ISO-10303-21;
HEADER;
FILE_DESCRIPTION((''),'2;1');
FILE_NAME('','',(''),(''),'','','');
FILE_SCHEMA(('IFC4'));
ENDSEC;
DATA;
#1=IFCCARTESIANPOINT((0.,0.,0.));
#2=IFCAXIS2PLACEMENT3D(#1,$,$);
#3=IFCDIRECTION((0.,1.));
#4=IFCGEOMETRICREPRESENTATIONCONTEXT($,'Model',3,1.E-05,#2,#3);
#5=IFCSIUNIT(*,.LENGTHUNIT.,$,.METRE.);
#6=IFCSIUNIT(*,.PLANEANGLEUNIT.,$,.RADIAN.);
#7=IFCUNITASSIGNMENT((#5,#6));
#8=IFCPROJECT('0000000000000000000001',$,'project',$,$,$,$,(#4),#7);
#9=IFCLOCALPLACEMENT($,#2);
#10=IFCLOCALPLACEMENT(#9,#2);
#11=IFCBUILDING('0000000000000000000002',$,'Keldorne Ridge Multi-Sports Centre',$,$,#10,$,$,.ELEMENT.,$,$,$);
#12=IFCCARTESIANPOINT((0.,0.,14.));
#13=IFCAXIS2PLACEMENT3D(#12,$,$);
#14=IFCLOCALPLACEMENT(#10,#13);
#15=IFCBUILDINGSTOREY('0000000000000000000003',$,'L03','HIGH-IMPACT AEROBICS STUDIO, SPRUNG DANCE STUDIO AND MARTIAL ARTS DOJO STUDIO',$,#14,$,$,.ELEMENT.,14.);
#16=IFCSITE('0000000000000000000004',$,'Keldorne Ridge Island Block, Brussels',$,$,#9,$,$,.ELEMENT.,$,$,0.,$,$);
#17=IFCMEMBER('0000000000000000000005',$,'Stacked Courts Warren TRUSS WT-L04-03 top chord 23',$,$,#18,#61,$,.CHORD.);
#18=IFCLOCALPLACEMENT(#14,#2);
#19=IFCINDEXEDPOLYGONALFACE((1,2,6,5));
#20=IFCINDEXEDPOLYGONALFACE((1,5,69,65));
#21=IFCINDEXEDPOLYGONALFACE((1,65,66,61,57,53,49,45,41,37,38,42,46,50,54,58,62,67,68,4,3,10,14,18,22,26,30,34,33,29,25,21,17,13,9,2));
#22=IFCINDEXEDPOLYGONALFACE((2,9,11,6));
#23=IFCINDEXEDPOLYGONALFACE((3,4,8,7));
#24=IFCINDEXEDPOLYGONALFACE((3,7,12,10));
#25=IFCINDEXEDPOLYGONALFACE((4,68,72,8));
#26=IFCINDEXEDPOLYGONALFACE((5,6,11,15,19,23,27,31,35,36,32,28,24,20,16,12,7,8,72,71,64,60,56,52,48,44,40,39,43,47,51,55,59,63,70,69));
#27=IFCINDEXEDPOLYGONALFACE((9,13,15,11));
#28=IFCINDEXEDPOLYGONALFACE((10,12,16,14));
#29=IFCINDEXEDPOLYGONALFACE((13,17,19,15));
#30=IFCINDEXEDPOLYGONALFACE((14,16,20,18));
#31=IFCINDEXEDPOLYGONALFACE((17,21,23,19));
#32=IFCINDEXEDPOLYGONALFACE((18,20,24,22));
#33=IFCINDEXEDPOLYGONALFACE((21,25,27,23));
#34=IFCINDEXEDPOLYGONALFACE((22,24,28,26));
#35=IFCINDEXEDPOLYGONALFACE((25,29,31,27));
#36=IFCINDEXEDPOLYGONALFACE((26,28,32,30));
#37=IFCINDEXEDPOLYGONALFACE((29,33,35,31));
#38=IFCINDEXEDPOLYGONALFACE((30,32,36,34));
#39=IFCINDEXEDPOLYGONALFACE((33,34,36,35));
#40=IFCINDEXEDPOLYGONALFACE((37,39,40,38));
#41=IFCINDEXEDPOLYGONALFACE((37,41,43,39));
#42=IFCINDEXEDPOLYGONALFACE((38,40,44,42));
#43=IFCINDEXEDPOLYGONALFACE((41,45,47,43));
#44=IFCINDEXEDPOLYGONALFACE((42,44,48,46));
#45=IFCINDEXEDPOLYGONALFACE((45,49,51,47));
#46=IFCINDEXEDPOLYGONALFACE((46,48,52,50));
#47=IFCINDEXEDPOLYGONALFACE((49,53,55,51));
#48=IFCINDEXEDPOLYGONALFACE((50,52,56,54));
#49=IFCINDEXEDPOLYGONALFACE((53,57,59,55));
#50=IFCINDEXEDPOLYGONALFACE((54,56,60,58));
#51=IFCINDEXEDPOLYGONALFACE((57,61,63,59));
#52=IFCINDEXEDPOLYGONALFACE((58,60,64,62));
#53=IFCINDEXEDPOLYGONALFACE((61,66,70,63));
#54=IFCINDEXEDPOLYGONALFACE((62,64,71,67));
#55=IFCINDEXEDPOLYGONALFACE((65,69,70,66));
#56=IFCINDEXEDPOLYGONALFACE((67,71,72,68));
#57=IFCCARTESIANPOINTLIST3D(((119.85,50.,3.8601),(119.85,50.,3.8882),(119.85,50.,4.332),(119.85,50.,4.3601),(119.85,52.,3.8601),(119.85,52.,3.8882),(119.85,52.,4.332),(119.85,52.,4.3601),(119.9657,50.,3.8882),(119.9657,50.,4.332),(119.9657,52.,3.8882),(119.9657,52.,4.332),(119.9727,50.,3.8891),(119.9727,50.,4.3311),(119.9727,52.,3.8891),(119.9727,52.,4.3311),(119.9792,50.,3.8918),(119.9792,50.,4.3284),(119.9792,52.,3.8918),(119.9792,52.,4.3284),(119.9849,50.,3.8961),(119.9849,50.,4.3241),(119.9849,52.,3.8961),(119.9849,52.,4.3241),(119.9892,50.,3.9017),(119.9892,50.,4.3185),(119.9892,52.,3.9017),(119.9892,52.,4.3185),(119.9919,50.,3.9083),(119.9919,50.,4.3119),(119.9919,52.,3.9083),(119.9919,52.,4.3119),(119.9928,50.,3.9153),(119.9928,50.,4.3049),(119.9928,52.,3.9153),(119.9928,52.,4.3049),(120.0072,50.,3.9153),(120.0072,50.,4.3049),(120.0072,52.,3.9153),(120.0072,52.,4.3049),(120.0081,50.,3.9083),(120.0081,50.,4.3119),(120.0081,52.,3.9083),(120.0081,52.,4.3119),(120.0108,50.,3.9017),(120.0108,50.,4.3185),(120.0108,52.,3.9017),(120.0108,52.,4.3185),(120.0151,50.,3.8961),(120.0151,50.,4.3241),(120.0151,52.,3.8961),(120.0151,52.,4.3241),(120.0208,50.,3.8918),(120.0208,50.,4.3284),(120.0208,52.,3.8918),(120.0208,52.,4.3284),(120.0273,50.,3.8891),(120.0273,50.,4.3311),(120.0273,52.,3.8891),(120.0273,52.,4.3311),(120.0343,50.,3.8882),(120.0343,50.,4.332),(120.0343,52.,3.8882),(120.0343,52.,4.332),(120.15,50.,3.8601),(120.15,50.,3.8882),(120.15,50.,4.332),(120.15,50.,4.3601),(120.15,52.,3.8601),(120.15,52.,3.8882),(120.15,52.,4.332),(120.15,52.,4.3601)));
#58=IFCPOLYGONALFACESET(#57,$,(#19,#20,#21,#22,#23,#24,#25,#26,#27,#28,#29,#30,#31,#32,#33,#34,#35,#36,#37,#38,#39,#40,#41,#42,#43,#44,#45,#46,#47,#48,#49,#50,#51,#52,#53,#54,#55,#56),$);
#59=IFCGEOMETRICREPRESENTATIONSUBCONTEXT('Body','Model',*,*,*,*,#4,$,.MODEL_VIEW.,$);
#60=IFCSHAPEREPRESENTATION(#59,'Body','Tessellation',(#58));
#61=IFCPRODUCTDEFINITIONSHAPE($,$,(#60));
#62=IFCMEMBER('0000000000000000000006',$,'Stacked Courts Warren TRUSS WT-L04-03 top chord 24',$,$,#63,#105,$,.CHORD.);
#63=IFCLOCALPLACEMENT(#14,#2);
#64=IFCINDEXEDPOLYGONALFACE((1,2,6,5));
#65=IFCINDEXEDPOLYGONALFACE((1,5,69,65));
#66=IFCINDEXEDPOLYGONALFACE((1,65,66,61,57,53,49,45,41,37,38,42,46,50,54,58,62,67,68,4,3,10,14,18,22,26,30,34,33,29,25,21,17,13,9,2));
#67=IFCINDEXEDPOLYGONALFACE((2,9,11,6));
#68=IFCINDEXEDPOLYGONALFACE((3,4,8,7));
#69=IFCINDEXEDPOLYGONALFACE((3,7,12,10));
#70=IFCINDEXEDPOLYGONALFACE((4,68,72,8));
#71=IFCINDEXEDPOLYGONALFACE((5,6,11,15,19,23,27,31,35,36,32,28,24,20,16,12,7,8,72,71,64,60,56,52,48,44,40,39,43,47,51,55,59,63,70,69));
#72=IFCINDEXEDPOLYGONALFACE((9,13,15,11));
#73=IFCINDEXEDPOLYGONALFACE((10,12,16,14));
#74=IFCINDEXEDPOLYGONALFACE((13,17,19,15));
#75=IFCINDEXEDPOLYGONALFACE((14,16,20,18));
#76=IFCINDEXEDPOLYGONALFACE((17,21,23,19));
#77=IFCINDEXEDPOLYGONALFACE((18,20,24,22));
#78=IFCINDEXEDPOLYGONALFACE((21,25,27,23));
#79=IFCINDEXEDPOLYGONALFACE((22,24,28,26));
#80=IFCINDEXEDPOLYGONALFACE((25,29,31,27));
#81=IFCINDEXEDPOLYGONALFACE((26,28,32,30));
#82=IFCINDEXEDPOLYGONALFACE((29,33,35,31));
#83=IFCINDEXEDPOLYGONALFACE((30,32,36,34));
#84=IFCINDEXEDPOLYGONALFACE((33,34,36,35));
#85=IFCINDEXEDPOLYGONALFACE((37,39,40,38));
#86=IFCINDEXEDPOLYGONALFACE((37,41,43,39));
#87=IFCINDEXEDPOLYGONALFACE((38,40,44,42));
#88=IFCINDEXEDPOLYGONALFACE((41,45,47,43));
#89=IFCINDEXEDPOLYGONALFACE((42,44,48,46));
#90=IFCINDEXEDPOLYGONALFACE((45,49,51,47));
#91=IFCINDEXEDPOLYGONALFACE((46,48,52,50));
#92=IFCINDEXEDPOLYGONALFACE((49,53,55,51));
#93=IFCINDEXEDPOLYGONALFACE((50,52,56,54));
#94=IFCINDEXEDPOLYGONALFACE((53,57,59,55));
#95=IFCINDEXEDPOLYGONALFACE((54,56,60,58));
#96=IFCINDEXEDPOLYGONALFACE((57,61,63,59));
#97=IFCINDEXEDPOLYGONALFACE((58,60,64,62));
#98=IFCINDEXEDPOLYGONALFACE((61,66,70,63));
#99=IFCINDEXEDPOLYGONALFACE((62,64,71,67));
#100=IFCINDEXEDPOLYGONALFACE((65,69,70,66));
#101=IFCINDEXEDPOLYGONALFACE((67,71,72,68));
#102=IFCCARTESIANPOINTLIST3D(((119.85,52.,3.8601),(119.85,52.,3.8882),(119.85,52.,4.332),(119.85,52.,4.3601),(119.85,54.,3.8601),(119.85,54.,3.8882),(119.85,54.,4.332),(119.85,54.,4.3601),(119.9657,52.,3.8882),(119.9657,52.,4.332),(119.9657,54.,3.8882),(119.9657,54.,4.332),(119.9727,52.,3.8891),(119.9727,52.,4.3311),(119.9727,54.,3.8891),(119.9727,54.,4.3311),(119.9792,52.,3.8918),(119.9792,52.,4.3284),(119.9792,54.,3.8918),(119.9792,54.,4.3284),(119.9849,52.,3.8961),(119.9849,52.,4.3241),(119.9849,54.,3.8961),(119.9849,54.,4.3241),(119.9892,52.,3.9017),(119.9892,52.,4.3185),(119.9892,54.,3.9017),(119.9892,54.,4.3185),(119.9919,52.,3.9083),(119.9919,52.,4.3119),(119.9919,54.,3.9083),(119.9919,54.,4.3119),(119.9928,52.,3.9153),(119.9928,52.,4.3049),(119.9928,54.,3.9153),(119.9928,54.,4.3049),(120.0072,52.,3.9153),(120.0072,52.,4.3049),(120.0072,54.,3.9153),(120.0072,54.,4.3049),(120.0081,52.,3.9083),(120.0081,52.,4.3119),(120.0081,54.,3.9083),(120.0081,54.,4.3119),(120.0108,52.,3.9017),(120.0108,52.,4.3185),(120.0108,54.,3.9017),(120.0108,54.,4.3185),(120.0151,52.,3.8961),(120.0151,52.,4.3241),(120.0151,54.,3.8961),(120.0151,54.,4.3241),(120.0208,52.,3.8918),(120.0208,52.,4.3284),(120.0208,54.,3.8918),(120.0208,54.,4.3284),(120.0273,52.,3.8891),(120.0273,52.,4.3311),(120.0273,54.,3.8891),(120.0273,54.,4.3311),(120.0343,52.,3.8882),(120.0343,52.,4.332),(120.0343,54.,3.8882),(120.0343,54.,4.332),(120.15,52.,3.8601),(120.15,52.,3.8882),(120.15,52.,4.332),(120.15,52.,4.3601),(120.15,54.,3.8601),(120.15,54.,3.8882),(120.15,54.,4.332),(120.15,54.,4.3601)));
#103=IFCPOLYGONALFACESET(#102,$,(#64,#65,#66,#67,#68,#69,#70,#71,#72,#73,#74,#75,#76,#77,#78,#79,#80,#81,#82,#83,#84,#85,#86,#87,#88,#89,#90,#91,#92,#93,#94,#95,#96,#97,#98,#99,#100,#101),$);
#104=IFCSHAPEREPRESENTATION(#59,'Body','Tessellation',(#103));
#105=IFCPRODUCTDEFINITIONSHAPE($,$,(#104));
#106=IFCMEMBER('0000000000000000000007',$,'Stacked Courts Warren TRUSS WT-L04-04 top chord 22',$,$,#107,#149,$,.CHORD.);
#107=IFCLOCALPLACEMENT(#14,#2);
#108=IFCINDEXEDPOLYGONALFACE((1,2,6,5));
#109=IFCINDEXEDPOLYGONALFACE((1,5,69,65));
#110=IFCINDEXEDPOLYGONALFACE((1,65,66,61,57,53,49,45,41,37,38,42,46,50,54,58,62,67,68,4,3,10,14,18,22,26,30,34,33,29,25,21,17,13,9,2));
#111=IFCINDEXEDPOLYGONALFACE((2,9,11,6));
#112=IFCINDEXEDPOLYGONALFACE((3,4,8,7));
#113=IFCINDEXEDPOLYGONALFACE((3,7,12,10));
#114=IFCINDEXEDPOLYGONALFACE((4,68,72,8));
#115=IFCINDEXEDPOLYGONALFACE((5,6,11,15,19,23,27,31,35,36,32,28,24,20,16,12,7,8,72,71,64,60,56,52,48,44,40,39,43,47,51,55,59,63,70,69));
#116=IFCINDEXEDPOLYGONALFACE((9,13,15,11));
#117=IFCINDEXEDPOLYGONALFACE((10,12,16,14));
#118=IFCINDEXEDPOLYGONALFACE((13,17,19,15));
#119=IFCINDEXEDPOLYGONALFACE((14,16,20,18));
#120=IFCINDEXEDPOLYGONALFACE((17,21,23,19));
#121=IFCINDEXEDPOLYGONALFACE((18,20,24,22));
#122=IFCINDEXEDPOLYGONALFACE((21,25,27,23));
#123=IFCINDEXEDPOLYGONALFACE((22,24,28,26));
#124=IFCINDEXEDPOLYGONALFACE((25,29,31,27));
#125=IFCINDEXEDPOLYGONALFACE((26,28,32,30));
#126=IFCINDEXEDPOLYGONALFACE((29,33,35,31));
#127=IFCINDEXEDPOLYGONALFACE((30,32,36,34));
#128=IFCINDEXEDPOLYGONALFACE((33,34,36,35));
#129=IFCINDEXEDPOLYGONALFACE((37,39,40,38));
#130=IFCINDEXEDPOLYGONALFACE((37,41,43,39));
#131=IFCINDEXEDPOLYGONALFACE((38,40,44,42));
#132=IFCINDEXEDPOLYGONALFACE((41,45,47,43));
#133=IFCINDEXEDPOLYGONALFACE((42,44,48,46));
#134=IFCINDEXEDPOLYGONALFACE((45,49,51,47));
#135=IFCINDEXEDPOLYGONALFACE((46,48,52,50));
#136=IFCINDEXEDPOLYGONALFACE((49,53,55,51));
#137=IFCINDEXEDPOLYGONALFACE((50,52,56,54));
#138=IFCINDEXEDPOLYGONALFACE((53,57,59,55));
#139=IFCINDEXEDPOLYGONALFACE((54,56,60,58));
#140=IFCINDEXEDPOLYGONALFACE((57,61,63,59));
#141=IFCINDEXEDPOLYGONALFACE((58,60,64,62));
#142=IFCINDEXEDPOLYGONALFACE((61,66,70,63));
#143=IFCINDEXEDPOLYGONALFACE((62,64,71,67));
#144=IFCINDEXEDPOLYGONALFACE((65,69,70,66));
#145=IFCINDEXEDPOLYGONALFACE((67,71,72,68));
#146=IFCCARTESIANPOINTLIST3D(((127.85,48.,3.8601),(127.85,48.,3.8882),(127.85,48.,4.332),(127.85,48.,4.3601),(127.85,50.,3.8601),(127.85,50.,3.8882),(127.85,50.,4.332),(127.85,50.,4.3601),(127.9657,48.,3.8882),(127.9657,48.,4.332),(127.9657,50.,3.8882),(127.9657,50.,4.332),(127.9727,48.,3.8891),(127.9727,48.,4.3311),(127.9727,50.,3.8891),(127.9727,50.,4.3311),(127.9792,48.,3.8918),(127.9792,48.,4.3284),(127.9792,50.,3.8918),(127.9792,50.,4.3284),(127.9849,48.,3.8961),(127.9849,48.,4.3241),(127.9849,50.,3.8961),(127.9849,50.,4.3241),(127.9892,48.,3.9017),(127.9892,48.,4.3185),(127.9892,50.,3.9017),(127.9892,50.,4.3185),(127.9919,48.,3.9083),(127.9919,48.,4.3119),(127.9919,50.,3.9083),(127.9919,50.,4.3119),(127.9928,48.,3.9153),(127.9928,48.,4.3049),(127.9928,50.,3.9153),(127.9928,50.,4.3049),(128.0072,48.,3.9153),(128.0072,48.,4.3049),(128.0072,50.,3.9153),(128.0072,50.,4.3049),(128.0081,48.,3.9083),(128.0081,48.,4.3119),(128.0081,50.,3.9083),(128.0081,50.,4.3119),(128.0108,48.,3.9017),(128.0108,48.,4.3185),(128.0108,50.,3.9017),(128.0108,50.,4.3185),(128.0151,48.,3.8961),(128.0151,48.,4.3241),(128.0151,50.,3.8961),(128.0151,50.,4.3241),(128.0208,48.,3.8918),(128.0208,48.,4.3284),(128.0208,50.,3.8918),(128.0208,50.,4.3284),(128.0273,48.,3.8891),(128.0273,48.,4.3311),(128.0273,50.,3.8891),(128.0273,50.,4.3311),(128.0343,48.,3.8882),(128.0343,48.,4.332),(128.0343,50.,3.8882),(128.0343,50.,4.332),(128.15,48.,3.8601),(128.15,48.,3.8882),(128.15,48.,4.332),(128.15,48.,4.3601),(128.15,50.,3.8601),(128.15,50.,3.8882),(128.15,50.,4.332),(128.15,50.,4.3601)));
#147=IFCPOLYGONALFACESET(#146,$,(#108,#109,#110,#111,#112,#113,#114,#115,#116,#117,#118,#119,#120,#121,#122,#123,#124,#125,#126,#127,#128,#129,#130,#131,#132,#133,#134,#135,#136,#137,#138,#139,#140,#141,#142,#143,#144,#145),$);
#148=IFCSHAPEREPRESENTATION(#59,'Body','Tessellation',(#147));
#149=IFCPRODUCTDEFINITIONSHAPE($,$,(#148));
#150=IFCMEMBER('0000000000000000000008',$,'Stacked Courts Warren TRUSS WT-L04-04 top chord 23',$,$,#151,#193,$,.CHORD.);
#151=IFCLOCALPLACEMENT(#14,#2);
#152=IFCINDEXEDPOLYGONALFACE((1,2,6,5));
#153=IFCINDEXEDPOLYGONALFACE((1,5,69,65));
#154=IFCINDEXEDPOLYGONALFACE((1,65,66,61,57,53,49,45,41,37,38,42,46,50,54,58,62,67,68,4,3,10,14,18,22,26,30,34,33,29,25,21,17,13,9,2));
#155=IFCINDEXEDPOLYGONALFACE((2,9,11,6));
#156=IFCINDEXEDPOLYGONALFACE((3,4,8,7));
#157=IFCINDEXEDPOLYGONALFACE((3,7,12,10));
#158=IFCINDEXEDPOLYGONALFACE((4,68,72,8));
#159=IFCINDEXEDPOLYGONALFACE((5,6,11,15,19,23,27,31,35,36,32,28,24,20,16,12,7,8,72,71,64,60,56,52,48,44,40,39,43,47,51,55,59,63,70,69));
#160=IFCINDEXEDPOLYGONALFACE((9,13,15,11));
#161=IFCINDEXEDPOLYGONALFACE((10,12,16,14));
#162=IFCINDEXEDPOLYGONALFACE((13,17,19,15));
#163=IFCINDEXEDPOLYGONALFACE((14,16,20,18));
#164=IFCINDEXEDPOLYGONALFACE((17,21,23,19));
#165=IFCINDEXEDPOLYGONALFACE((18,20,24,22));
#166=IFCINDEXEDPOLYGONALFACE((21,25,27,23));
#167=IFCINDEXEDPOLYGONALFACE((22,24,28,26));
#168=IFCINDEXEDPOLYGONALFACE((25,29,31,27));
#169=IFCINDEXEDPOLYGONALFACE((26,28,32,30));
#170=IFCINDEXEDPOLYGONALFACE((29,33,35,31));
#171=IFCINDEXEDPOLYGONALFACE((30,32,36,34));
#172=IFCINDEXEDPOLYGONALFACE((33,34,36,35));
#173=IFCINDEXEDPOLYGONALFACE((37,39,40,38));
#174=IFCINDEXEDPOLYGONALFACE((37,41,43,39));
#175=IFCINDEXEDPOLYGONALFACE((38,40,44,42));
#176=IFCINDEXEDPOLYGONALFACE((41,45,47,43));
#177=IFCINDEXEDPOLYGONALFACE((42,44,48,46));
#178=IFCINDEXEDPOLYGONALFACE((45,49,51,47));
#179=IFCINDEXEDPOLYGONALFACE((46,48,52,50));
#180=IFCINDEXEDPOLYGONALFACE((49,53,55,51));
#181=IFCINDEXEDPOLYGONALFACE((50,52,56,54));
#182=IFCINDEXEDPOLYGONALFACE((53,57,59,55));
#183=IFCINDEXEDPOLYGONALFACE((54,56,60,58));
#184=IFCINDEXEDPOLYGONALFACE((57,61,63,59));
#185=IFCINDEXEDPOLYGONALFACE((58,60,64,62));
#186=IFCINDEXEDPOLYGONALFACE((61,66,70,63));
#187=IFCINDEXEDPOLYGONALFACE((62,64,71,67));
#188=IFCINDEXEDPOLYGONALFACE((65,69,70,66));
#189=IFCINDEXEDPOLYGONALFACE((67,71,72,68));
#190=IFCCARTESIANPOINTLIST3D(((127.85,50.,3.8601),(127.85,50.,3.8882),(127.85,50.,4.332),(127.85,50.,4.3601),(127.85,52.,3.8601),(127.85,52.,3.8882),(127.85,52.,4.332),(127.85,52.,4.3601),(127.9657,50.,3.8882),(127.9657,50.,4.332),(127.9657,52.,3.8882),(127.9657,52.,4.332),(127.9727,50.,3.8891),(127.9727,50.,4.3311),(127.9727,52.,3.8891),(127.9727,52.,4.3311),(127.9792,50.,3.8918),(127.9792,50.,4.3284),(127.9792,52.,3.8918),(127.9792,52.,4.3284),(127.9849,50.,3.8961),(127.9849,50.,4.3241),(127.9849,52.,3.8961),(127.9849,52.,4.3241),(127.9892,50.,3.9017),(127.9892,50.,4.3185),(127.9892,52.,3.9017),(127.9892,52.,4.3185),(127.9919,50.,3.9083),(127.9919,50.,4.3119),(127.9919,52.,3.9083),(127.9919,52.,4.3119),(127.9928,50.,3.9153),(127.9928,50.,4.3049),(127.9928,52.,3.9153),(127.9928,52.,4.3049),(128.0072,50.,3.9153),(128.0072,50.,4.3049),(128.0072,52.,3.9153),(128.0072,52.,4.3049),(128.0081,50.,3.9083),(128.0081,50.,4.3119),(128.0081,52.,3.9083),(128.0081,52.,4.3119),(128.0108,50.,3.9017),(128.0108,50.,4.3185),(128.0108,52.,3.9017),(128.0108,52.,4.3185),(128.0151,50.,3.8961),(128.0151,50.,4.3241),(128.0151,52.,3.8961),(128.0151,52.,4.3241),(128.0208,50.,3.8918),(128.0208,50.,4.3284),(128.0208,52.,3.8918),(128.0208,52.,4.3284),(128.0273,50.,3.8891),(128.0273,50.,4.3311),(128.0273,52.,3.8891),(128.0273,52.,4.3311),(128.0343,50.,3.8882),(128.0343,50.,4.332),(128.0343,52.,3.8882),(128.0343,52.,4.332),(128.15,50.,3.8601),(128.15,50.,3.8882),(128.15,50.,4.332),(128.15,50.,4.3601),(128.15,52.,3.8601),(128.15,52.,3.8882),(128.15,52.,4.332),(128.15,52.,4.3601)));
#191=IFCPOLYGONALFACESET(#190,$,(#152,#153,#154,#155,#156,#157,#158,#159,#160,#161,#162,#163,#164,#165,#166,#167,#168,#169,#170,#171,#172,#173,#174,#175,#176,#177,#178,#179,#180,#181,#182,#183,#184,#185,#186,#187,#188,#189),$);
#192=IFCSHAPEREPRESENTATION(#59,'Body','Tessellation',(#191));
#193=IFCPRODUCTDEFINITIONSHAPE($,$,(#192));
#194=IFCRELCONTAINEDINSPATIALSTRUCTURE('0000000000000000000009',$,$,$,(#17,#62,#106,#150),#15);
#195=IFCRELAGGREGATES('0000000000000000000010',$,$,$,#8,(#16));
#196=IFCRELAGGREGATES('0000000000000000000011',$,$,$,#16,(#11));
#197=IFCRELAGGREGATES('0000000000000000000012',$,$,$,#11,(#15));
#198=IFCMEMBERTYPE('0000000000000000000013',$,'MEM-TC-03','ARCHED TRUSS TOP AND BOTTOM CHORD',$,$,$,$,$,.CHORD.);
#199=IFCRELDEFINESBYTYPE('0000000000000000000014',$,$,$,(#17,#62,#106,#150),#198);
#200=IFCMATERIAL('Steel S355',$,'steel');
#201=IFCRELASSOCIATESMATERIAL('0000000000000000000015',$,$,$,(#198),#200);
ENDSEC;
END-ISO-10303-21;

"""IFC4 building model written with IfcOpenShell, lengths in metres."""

from ifc_helpers import new_model, si_unit, direction, frame, origin, origin_2d, place, context, subcontext, project, spatial, i_section, extrude, material, material_profile, profile_set, type_object, element, save


model = new_model("IFC4")

# Units and contexts
model_context = context("Model", 3, precision=1e-05, world=origin(), true_north=direction((0.0, 1.0)))
body_context = subcontext(model_context, "Body", "Model", "MODEL_VIEW")
ifc_project = project(units=[si_unit("LENGTHUNIT", "METRE"), si_unit("PLANEANGLEUNIT", "RADIAN")], contexts=[model_context])

# Site, building, storey
site_placement = place(None, origin())
site = spatial("IfcSite", under=ifc_project, at=site_placement, Name="Keldorne Ridge Island Block, Brussels", CompositionType="ELEMENT", RefElevation=0.0)
building_placement = place(site_placement, origin())
building = spatial("IfcBuilding", under=site, at=building_placement, Name="Keldorne Ridge Multi-Sports Centre", CompositionType="ELEMENT")
storey_placement = place(building_placement, frame((0.0, 0.0, 14.0)))
storey = spatial("IfcBuildingStorey", under=building, at=storey_placement, Name="L03", Description="HIGH-IMPACT AEROBICS STUDIO, SPRUNG DANCE STUDIO AND MARTIAL ARTS DOJO STUDIO", CompositionType="ELEMENT", Elevation=14.0)

# Shared definitions
ifc_material_1 = material(Name="Steel S355", Category="steel")

# Members
ifc_material_profile_1 = material_profile(ifc_material_1, i_section(OverallWidth=0.3, OverallDepth=0.5, WebThickness=0.0144, FlangeThickness=0.0281, FilletRadius=0.0271, at=origin_2d()), Name="HEB 500")
ifc_profile_set_1 = profile_set([ifc_material_profile_1], Name="Steel S355")
member_type_1 = type_object("IfcMemberType", Name="MEM-TC-03", Description="ARCHED TRUSS TOP AND BOTTOM CHORD", PredefinedType="CHORD", material=ifc_profile_set_1)
for number, where, z_axis, x_axis, name in (
    (1, (120.0, 50.0, 4.1101), (0.0, 1.0, 0.0), (-1.0, 0.0, 0.0), "Stacked Courts Warren TRUSS WT-L04-03 top chord 23"),
    (2, (120.0, 52.0, 4.1101), (0.0, 1.0, 0.0), (-1.0, 0.0, 0.0), "Stacked Courts Warren TRUSS WT-L04-03 top chord 24"),
    (3, (128.0, 48.0, 4.1101), (0.0, 1.0, 0.0), (-1.0, 0.0, 0.0), "Stacked Courts Warren TRUSS WT-L04-04 top chord 22"),
    (4, (128.0, 50.0, 4.1101), (0.0, 1.0, 0.0), (-1.0, 0.0, 0.0), "Stacked Courts Warren TRUSS WT-L04-04 top chord 23"),
):
    element("IfcMember", number, at=place(storey_placement, frame(where, z_axis=z_axis, x_axis=x_axis)), inside=storey, type_object=member_type_1, Name=name, PredefinedType="CHORD", context=body_context, shape_type="SweptSolid", body=[
        extrude(i_section(OverallWidth=0.3, OverallDepth=0.5, WebThickness=0.0144, FlangeThickness=0.0281, FilletRadius=0.0271, at=origin_2d()), origin(), (0.0, 0.0, 1.0), 2.0),
    ])

save(model, "model.ifc")
